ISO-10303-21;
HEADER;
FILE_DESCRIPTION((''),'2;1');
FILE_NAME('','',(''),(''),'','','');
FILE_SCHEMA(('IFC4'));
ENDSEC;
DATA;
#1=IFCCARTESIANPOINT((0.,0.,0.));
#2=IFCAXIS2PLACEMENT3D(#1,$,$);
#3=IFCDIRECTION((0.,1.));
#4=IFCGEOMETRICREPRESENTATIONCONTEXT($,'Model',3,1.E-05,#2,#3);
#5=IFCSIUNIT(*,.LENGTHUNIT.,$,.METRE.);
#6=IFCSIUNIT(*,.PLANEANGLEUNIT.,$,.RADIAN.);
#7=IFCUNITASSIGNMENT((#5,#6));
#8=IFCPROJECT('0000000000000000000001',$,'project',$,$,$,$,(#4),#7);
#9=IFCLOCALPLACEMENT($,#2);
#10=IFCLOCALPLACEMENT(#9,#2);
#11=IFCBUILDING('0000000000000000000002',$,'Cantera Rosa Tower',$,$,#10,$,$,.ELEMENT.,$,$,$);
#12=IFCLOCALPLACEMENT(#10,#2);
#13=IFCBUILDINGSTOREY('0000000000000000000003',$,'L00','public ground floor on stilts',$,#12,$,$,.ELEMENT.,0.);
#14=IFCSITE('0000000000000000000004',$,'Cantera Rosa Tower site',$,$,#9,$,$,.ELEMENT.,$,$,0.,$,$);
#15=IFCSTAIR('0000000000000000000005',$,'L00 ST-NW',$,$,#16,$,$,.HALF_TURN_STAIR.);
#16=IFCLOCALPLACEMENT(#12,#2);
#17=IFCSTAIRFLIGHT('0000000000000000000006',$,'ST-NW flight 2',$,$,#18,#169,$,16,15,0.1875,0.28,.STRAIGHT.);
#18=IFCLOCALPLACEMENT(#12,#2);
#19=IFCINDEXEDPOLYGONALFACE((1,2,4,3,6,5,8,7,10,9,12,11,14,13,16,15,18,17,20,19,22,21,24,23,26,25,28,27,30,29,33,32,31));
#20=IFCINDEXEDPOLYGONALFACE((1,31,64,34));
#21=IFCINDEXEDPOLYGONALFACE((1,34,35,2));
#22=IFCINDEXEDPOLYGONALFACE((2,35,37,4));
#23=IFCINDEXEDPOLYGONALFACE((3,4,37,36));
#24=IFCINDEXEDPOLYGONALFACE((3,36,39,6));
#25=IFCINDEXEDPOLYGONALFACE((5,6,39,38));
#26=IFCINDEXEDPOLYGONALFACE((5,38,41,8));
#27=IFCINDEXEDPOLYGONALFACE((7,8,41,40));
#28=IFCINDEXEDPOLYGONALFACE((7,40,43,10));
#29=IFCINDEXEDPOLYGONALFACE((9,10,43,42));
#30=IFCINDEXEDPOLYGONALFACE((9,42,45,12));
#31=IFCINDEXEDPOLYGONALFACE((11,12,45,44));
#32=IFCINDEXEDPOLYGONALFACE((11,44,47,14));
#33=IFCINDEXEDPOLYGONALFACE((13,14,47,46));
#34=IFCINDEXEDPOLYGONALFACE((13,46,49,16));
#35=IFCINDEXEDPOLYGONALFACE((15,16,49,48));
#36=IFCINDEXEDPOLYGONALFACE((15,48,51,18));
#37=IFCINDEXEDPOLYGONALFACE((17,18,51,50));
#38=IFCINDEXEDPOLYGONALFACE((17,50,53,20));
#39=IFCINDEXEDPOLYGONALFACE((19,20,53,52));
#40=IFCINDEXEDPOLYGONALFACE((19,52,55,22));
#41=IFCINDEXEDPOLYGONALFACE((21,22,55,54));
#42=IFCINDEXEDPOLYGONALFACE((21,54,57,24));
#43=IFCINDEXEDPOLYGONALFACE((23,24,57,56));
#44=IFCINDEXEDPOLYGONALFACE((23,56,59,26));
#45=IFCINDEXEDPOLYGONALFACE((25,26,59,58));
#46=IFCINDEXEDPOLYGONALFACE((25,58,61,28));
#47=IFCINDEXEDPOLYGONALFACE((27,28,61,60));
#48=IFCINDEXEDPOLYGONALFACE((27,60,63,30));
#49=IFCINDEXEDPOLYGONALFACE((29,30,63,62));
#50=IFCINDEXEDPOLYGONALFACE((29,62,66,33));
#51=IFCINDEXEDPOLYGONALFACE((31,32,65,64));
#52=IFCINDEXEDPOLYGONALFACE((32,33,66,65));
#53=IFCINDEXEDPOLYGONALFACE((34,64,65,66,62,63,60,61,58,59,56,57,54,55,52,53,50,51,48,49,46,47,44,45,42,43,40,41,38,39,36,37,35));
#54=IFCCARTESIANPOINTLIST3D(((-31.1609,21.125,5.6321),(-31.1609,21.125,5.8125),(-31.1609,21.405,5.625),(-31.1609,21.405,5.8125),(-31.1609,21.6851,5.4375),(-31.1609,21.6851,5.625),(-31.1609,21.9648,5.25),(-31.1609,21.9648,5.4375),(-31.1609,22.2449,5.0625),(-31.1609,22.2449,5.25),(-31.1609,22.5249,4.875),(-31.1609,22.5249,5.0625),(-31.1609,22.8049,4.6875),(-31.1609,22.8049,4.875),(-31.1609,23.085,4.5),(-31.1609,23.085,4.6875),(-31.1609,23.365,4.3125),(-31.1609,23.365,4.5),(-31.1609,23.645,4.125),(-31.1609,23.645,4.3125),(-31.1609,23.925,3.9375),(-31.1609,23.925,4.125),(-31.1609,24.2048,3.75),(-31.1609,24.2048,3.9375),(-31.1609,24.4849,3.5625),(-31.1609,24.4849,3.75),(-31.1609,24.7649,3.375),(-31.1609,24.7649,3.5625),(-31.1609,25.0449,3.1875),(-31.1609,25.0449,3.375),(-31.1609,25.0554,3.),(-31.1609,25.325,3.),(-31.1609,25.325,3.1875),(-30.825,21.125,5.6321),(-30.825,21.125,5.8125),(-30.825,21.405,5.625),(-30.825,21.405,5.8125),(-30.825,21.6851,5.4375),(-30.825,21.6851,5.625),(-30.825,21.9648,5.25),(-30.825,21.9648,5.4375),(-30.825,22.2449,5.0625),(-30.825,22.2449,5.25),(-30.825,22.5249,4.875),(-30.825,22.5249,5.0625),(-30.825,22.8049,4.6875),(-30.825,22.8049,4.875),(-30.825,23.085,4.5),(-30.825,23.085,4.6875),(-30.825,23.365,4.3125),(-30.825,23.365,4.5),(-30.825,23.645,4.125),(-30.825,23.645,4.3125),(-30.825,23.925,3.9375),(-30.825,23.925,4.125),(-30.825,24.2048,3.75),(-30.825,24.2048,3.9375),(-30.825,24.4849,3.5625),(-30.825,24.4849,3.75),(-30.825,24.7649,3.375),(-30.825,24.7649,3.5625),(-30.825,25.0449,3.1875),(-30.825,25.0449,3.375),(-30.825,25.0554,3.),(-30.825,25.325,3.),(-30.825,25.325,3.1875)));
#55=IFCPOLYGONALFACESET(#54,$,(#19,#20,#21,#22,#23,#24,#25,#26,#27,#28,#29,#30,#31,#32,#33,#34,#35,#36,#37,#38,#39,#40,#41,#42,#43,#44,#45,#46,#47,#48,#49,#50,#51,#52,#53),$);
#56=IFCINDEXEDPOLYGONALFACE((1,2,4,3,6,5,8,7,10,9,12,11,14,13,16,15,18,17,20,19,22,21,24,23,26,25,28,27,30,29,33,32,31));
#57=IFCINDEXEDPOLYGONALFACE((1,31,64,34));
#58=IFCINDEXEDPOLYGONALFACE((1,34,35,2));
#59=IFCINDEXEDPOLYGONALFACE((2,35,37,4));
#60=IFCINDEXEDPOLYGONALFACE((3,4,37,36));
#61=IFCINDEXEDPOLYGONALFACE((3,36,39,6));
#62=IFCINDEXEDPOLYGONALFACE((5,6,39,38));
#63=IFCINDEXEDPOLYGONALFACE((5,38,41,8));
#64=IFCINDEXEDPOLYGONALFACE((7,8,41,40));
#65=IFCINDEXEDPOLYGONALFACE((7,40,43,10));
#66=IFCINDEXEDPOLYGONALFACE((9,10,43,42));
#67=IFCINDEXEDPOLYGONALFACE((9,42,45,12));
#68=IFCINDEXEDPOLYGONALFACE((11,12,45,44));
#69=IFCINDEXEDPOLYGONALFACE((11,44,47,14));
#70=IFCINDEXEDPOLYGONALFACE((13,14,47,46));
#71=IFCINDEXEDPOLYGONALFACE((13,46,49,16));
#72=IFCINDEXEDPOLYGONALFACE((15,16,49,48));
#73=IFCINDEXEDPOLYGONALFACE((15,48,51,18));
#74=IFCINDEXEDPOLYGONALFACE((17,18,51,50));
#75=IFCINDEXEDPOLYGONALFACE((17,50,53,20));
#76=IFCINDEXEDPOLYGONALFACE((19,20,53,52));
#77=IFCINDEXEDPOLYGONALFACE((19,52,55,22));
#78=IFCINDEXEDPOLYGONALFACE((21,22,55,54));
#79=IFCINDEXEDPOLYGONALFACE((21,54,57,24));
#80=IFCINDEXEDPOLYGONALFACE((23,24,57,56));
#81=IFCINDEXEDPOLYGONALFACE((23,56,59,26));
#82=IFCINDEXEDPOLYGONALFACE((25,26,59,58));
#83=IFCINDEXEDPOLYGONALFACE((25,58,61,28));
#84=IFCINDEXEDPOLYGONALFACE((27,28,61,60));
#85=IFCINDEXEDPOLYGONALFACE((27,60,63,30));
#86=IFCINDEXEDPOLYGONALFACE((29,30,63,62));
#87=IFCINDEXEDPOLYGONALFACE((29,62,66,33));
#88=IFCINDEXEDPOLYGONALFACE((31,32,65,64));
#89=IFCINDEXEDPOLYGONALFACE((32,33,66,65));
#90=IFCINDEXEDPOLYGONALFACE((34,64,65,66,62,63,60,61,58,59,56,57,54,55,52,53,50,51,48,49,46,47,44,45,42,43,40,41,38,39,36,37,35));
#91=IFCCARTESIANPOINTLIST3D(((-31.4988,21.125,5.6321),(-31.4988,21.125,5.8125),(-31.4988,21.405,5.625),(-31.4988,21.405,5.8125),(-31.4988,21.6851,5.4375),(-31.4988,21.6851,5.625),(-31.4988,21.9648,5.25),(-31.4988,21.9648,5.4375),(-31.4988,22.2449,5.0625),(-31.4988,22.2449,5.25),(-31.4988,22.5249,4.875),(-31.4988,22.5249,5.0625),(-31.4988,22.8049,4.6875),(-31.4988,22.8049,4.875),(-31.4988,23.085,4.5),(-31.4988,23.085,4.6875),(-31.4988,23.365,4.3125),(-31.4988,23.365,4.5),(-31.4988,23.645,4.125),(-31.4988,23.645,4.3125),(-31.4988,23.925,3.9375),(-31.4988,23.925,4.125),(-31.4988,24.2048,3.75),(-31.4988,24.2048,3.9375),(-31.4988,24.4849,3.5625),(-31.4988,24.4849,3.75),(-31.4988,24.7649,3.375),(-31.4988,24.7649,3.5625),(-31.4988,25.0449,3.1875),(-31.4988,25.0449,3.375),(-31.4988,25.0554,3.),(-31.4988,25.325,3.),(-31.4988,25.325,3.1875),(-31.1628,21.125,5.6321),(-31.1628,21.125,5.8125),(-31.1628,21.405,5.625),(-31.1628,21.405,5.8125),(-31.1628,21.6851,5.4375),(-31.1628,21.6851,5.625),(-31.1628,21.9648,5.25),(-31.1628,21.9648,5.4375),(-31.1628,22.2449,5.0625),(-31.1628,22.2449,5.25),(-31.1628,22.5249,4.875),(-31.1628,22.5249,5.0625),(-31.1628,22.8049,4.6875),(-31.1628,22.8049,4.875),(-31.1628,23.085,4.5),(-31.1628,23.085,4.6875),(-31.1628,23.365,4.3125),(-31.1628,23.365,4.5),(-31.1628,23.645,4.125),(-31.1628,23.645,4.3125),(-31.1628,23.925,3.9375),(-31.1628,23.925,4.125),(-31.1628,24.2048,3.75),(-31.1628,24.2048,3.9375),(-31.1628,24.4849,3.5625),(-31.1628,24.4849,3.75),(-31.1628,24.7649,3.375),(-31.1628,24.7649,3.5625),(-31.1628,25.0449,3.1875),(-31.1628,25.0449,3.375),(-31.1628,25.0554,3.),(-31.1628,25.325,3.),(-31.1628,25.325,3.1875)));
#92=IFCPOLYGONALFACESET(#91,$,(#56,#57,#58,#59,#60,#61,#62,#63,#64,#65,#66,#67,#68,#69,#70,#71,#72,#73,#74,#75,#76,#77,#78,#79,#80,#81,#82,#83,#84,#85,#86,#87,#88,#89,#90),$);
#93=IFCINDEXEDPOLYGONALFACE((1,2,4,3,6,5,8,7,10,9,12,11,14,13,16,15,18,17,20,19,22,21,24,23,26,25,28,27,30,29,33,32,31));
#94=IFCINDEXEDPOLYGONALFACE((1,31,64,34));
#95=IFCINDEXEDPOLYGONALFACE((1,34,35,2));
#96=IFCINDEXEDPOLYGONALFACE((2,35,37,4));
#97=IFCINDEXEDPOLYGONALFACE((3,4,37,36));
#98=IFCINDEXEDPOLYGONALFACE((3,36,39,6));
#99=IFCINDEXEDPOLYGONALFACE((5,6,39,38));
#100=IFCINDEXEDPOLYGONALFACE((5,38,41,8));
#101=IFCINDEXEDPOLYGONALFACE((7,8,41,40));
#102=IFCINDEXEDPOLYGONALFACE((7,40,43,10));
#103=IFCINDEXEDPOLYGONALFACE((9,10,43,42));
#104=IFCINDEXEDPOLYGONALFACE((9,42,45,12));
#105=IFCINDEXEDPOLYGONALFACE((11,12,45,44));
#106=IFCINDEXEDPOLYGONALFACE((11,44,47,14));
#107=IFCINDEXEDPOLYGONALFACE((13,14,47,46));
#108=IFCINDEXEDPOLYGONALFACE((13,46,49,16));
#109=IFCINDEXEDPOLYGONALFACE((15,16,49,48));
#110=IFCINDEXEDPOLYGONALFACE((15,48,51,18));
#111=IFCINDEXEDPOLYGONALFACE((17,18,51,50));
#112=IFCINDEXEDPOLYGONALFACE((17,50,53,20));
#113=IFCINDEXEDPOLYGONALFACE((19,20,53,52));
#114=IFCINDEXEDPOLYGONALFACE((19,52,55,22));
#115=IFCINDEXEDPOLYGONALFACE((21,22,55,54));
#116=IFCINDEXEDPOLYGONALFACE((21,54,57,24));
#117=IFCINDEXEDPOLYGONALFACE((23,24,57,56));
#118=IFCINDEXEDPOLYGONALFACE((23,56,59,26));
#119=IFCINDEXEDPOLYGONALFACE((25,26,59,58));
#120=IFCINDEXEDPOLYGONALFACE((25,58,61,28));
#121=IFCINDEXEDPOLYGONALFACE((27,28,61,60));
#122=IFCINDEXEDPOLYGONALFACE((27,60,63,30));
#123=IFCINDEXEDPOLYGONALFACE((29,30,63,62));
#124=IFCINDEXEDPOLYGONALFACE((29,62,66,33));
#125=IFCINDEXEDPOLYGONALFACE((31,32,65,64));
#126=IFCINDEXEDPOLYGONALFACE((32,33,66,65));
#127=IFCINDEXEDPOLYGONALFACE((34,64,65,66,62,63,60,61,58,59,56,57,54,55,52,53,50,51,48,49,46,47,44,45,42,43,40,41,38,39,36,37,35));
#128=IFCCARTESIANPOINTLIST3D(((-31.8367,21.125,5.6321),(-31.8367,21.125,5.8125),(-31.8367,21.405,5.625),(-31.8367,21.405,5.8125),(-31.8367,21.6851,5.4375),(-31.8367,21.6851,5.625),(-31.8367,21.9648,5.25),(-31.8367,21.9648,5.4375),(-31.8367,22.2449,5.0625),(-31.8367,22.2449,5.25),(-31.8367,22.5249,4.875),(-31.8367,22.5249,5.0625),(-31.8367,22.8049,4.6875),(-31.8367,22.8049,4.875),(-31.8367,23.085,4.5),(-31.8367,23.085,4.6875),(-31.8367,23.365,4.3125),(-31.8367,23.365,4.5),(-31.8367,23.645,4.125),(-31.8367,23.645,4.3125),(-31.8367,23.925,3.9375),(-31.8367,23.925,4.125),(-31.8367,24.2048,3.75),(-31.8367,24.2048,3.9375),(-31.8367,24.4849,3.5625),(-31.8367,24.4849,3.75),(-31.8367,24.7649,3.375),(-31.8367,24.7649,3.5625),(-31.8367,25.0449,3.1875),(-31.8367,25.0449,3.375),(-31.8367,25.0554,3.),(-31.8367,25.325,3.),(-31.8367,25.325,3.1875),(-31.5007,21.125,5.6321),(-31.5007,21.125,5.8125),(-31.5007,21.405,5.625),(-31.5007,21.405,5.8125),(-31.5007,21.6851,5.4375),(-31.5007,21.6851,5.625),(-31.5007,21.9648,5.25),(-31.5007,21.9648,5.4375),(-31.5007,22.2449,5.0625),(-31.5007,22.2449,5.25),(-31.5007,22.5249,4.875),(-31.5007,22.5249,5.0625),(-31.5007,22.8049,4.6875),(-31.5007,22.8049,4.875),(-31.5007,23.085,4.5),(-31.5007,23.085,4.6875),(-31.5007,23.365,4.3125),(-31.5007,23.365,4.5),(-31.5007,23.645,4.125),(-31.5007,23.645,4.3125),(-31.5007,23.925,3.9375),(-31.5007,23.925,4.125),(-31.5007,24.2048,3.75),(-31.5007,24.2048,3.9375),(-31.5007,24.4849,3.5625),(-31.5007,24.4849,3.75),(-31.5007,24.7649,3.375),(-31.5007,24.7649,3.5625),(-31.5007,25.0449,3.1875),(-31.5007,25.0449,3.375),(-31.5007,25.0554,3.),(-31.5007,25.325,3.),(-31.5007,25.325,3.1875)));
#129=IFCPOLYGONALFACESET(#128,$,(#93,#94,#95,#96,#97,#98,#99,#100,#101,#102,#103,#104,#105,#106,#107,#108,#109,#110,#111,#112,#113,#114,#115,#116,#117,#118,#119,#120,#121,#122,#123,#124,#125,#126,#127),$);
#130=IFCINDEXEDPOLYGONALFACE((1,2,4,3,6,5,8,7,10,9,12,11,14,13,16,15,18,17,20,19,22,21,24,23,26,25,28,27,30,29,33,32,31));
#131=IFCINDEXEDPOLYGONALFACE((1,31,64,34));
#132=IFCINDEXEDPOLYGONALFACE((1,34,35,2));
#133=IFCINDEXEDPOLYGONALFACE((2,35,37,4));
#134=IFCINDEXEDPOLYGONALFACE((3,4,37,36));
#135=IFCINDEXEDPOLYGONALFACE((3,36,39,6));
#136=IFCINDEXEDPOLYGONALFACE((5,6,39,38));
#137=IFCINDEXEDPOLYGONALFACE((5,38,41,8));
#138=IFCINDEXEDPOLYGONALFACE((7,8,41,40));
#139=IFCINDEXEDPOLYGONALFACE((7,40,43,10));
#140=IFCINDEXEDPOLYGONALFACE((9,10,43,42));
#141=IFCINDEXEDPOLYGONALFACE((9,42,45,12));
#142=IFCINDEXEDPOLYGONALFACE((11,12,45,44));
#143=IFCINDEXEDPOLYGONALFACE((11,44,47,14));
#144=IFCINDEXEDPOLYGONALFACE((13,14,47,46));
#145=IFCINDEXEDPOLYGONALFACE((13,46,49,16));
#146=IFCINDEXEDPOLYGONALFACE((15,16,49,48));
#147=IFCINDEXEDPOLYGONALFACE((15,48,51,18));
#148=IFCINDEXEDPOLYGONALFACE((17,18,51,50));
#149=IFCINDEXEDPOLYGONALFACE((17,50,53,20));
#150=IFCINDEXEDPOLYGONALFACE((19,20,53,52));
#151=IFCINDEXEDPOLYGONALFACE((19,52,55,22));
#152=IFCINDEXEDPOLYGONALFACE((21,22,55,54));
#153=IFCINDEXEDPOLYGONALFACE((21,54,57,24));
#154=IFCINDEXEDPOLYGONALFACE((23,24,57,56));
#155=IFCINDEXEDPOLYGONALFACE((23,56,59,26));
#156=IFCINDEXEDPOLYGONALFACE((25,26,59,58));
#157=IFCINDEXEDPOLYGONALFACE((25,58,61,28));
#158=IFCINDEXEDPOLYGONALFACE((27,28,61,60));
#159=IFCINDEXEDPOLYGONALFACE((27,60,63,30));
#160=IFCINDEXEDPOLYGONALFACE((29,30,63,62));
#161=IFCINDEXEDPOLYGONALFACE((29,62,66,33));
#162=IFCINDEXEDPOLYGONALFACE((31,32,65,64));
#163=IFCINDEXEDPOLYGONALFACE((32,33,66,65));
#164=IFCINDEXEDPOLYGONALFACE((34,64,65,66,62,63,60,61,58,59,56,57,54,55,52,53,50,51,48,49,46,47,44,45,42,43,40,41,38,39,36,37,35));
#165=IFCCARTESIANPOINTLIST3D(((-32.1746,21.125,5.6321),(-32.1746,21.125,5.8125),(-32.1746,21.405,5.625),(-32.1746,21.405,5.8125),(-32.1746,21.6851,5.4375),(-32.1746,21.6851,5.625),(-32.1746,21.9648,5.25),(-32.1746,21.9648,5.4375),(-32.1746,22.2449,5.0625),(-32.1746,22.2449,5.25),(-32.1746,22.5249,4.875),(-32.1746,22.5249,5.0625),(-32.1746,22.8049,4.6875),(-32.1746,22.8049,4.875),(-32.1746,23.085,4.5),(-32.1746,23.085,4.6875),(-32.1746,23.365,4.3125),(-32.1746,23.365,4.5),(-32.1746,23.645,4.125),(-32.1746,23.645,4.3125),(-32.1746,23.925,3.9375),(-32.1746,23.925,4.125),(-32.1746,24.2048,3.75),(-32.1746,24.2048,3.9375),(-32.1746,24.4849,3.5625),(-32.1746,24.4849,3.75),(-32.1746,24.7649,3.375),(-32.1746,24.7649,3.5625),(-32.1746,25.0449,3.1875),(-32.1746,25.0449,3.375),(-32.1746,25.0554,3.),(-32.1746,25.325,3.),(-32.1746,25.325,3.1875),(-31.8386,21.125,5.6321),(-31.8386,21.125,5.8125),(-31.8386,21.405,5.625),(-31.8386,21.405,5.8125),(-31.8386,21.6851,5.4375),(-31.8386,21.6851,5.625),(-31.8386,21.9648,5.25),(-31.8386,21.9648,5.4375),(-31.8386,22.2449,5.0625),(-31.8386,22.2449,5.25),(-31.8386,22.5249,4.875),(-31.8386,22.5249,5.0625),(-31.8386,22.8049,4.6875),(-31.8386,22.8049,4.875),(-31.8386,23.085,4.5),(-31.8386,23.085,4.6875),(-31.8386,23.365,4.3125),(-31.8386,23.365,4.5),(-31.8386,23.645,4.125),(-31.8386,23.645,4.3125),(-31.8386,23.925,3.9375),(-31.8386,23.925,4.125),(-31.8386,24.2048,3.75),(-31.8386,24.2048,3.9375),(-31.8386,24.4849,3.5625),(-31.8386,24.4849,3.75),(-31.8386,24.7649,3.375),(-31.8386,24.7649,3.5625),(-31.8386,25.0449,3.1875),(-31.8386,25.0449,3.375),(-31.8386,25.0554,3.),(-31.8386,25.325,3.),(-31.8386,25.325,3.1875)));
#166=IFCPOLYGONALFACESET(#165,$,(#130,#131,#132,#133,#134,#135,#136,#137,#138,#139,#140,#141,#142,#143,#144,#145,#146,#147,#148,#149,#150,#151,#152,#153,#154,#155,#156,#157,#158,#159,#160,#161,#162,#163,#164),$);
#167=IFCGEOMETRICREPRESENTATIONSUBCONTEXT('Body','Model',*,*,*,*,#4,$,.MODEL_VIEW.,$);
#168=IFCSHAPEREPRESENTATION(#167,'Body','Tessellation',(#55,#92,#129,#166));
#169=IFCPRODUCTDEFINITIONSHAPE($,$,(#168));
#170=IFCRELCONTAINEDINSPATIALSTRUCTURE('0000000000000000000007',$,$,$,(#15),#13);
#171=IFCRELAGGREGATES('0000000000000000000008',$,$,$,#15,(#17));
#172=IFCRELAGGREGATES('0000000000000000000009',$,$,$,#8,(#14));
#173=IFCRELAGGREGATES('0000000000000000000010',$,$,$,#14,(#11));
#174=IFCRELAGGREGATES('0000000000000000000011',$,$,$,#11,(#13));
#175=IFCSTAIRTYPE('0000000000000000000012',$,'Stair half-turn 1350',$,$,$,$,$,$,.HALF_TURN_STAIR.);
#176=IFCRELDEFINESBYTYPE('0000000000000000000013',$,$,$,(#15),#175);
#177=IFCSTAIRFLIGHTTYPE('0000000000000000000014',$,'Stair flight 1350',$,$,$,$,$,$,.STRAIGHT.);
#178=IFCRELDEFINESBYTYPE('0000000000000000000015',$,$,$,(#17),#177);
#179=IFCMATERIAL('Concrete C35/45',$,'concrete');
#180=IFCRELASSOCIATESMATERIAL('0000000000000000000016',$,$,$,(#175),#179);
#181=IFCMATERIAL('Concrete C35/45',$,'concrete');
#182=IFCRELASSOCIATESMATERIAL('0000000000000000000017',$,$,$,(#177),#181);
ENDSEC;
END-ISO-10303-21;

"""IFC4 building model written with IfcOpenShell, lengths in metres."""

from ifc_helpers import new_model, si_unit, direction, frame, origin, place, context, subcontext, project, spatial, polyline, outline, extrude, material, type_object, element, aggregate, save


model = new_model("IFC4")

# Units and contexts
model_context = context("Model", 3, precision=1e-05, world=origin(), true_north=direction((0.0, 1.0)))
body_context = subcontext(model_context, "Body", "Model", "MODEL_VIEW")
ifc_project = project(units=[si_unit("LENGTHUNIT", "METRE"), si_unit("PLANEANGLEUNIT", "RADIAN")], contexts=[model_context])

# Site, building, storey
site_placement = place(None, origin())
site = spatial("IfcSite", under=ifc_project, at=site_placement, Name="Cantera Rosa Tower site", CompositionType="ELEMENT", RefElevation=0.0)
building_placement = place(site_placement, origin())
building = spatial("IfcBuilding", under=site, at=building_placement, Name="Cantera Rosa Tower", CompositionType="ELEMENT")
storey_placement = place(building_placement, origin())
storey = spatial("IfcBuildingStorey", under=building, at=storey_placement, Name="L00", Description="public ground floor on stilts", CompositionType="ELEMENT", Elevation=0.0)

# Stair, stair flight
ifc_material_1 = material(Name="Concrete C35/45", Category="concrete")
stair_type = type_object("IfcStairType", Name="Stair half-turn 1350", PredefinedType="HALF_TURN_STAIR", material=ifc_material_1)
stair_placement = place(storey_placement, origin())
stair = element("IfcStair", 1, at=stair_placement, inside=storey, type_object=stair_type, Name="L00 ST-NW", PredefinedType="HALF_TURN_STAIR")
ifc_material_2 = material(Name="Concrete C35/45", Category="concrete")
stair_flight_type = type_object("IfcStairFlightType", Name="Stair flight 1350", PredefinedType="STRAIGHT", material=ifc_material_2)
stair_flight_1_placement = place(storey_placement, frame((-31.5, 25.325, 3.0), z_axis=(0.0, 0.0, 1.0), x_axis=(0.0, -1.0, 0.0)))
stair_flight_1 = element("IfcStairFlight", 2, at=stair_flight_1_placement, type_object=stair_flight_type, Name="ST-NW flight 2", NumberOfRisers=16, NumberOfTreads=15, PredefinedType="STRAIGHT", RiserHeight=0.1875, TreadLength=0.28, context=body_context, shape_type="SweptSolid", body=[
    extrude(outline(polyline([(0.0, 0.0), (0.0, 0.1875), (0.28, 0.1875), (0.28, 0.375), (0.5601, 0.375), (0.5601, 0.5625), (0.8401, 0.5625), (0.8401, 0.75), (1.1201, 0.75), (1.1201, 0.9375), (1.3999, 0.9375), (1.3999, 1.125), (1.6799, 1.125), (1.6799, 1.3125), (1.96, 1.3125), (1.96, 1.5), (2.24, 1.5), (2.24, 1.6875), (2.52, 1.6875), (2.52, 1.875), (2.8, 1.875), (2.8, 2.0625), (3.0801, 2.0625), (3.0801, 2.25), (3.3601, 2.25), (3.3601, 2.4375), (3.6399, 2.4375), (3.6399, 2.625), (3.9199, 2.625), (3.9199, 2.8125), (4.2, 2.8125), (4.2, 3.0), (4.2, 2.6321), (0.2695, 0.0), (0.0, 0.0)])), frame((0.0, 0.675, 0.0), z_axis=(0.0, -1.0, 0.0), x_axis=(1.0, 0.0, 0.0)), (0.0, 0.0, 1.0), 0.3359),
    extrude(outline(polyline([(0.0, 0.0), (0.0, 0.1875), (0.28, 0.1875), (0.28, 0.375), (0.5601, 0.375), (0.5601, 0.5625), (0.8401, 0.5625), (0.8401, 0.75), (1.1201, 0.75), (1.1201, 0.9375), (1.3999, 0.9375), (1.3999, 1.125), (1.6799, 1.125), (1.6799, 1.3125), (1.96, 1.3125), (1.96, 1.5), (2.24, 1.5), (2.24, 1.6875), (2.52, 1.6875), (2.52, 1.875), (2.8, 1.875), (2.8, 2.0625), (3.0801, 2.0625), (3.0801, 2.25), (3.3601, 2.25), (3.3601, 2.4375), (3.6399, 2.4375), (3.6399, 2.625), (3.9199, 2.625), (3.9199, 2.8125), (4.2, 2.8125), (4.2, 3.0), (4.2, 2.6321), (0.2695, 0.0), (0.0, 0.0)])), frame((0.0, 0.3372, 0.0), z_axis=(0.0, -1.0, 0.0), x_axis=(1.0, 0.0, 0.0)), (0.0, 0.0, 1.0), 0.3359),
    extrude(outline(polyline([(0.0, 0.0), (0.0, 0.1875), (0.28, 0.1875), (0.28, 0.375), (0.5601, 0.375), (0.5601, 0.5625), (0.8401, 0.5625), (0.8401, 0.75), (1.1201, 0.75), (1.1201, 0.9375), (1.3999, 0.9375), (1.3999, 1.125), (1.6799, 1.125), (1.6799, 1.3125), (1.96, 1.3125), (1.96, 1.5), (2.24, 1.5), (2.24, 1.6875), (2.52, 1.6875), (2.52, 1.875), (2.8, 1.875), (2.8, 2.0625), (3.0801, 2.0625), (3.0801, 2.25), (3.3601, 2.25), (3.3601, 2.4375), (3.6399, 2.4375), (3.6399, 2.625), (3.9199, 2.625), (3.9199, 2.8125), (4.2, 2.8125), (4.2, 3.0), (4.2, 2.6321), (0.2695, 0.0), (0.0, 0.0)])), frame((0.0, -0.0007, 0.0), z_axis=(0.0, -1.0, 0.0), x_axis=(1.0, 0.0, 0.0)), (0.0, 0.0, 1.0), 0.3359),
    extrude(outline(polyline([(0.0, 0.0), (0.0, 0.1875), (0.28, 0.1875), (0.28, 0.375), (0.5601, 0.375), (0.5601, 0.5625), (0.8401, 0.5625), (0.8401, 0.75), (1.1201, 0.75), (1.1201, 0.9375), (1.3999, 0.9375), (1.3999, 1.125), (1.6799, 1.125), (1.6799, 1.3125), (1.96, 1.3125), (1.96, 1.5), (2.24, 1.5), (2.24, 1.6875), (2.52, 1.6875), (2.52, 1.875), (2.8, 1.875), (2.8, 2.0625), (3.0801, 2.0625), (3.0801, 2.25), (3.3601, 2.25), (3.3601, 2.4375), (3.6399, 2.4375), (3.6399, 2.625), (3.9199, 2.625), (3.9199, 2.8125), (4.2, 2.8125), (4.2, 3.0), (4.2, 2.6321), (0.2695, 0.0), (0.0, 0.0)])), frame((0.0, -0.3386, 0.0), z_axis=(0.0, -1.0, 0.0), x_axis=(1.0, 0.0, 0.0)), (0.0, 0.0, 1.0), 0.3359),
])
aggregate(stair, [stair_flight_1])

save(model, "model.ifc")
